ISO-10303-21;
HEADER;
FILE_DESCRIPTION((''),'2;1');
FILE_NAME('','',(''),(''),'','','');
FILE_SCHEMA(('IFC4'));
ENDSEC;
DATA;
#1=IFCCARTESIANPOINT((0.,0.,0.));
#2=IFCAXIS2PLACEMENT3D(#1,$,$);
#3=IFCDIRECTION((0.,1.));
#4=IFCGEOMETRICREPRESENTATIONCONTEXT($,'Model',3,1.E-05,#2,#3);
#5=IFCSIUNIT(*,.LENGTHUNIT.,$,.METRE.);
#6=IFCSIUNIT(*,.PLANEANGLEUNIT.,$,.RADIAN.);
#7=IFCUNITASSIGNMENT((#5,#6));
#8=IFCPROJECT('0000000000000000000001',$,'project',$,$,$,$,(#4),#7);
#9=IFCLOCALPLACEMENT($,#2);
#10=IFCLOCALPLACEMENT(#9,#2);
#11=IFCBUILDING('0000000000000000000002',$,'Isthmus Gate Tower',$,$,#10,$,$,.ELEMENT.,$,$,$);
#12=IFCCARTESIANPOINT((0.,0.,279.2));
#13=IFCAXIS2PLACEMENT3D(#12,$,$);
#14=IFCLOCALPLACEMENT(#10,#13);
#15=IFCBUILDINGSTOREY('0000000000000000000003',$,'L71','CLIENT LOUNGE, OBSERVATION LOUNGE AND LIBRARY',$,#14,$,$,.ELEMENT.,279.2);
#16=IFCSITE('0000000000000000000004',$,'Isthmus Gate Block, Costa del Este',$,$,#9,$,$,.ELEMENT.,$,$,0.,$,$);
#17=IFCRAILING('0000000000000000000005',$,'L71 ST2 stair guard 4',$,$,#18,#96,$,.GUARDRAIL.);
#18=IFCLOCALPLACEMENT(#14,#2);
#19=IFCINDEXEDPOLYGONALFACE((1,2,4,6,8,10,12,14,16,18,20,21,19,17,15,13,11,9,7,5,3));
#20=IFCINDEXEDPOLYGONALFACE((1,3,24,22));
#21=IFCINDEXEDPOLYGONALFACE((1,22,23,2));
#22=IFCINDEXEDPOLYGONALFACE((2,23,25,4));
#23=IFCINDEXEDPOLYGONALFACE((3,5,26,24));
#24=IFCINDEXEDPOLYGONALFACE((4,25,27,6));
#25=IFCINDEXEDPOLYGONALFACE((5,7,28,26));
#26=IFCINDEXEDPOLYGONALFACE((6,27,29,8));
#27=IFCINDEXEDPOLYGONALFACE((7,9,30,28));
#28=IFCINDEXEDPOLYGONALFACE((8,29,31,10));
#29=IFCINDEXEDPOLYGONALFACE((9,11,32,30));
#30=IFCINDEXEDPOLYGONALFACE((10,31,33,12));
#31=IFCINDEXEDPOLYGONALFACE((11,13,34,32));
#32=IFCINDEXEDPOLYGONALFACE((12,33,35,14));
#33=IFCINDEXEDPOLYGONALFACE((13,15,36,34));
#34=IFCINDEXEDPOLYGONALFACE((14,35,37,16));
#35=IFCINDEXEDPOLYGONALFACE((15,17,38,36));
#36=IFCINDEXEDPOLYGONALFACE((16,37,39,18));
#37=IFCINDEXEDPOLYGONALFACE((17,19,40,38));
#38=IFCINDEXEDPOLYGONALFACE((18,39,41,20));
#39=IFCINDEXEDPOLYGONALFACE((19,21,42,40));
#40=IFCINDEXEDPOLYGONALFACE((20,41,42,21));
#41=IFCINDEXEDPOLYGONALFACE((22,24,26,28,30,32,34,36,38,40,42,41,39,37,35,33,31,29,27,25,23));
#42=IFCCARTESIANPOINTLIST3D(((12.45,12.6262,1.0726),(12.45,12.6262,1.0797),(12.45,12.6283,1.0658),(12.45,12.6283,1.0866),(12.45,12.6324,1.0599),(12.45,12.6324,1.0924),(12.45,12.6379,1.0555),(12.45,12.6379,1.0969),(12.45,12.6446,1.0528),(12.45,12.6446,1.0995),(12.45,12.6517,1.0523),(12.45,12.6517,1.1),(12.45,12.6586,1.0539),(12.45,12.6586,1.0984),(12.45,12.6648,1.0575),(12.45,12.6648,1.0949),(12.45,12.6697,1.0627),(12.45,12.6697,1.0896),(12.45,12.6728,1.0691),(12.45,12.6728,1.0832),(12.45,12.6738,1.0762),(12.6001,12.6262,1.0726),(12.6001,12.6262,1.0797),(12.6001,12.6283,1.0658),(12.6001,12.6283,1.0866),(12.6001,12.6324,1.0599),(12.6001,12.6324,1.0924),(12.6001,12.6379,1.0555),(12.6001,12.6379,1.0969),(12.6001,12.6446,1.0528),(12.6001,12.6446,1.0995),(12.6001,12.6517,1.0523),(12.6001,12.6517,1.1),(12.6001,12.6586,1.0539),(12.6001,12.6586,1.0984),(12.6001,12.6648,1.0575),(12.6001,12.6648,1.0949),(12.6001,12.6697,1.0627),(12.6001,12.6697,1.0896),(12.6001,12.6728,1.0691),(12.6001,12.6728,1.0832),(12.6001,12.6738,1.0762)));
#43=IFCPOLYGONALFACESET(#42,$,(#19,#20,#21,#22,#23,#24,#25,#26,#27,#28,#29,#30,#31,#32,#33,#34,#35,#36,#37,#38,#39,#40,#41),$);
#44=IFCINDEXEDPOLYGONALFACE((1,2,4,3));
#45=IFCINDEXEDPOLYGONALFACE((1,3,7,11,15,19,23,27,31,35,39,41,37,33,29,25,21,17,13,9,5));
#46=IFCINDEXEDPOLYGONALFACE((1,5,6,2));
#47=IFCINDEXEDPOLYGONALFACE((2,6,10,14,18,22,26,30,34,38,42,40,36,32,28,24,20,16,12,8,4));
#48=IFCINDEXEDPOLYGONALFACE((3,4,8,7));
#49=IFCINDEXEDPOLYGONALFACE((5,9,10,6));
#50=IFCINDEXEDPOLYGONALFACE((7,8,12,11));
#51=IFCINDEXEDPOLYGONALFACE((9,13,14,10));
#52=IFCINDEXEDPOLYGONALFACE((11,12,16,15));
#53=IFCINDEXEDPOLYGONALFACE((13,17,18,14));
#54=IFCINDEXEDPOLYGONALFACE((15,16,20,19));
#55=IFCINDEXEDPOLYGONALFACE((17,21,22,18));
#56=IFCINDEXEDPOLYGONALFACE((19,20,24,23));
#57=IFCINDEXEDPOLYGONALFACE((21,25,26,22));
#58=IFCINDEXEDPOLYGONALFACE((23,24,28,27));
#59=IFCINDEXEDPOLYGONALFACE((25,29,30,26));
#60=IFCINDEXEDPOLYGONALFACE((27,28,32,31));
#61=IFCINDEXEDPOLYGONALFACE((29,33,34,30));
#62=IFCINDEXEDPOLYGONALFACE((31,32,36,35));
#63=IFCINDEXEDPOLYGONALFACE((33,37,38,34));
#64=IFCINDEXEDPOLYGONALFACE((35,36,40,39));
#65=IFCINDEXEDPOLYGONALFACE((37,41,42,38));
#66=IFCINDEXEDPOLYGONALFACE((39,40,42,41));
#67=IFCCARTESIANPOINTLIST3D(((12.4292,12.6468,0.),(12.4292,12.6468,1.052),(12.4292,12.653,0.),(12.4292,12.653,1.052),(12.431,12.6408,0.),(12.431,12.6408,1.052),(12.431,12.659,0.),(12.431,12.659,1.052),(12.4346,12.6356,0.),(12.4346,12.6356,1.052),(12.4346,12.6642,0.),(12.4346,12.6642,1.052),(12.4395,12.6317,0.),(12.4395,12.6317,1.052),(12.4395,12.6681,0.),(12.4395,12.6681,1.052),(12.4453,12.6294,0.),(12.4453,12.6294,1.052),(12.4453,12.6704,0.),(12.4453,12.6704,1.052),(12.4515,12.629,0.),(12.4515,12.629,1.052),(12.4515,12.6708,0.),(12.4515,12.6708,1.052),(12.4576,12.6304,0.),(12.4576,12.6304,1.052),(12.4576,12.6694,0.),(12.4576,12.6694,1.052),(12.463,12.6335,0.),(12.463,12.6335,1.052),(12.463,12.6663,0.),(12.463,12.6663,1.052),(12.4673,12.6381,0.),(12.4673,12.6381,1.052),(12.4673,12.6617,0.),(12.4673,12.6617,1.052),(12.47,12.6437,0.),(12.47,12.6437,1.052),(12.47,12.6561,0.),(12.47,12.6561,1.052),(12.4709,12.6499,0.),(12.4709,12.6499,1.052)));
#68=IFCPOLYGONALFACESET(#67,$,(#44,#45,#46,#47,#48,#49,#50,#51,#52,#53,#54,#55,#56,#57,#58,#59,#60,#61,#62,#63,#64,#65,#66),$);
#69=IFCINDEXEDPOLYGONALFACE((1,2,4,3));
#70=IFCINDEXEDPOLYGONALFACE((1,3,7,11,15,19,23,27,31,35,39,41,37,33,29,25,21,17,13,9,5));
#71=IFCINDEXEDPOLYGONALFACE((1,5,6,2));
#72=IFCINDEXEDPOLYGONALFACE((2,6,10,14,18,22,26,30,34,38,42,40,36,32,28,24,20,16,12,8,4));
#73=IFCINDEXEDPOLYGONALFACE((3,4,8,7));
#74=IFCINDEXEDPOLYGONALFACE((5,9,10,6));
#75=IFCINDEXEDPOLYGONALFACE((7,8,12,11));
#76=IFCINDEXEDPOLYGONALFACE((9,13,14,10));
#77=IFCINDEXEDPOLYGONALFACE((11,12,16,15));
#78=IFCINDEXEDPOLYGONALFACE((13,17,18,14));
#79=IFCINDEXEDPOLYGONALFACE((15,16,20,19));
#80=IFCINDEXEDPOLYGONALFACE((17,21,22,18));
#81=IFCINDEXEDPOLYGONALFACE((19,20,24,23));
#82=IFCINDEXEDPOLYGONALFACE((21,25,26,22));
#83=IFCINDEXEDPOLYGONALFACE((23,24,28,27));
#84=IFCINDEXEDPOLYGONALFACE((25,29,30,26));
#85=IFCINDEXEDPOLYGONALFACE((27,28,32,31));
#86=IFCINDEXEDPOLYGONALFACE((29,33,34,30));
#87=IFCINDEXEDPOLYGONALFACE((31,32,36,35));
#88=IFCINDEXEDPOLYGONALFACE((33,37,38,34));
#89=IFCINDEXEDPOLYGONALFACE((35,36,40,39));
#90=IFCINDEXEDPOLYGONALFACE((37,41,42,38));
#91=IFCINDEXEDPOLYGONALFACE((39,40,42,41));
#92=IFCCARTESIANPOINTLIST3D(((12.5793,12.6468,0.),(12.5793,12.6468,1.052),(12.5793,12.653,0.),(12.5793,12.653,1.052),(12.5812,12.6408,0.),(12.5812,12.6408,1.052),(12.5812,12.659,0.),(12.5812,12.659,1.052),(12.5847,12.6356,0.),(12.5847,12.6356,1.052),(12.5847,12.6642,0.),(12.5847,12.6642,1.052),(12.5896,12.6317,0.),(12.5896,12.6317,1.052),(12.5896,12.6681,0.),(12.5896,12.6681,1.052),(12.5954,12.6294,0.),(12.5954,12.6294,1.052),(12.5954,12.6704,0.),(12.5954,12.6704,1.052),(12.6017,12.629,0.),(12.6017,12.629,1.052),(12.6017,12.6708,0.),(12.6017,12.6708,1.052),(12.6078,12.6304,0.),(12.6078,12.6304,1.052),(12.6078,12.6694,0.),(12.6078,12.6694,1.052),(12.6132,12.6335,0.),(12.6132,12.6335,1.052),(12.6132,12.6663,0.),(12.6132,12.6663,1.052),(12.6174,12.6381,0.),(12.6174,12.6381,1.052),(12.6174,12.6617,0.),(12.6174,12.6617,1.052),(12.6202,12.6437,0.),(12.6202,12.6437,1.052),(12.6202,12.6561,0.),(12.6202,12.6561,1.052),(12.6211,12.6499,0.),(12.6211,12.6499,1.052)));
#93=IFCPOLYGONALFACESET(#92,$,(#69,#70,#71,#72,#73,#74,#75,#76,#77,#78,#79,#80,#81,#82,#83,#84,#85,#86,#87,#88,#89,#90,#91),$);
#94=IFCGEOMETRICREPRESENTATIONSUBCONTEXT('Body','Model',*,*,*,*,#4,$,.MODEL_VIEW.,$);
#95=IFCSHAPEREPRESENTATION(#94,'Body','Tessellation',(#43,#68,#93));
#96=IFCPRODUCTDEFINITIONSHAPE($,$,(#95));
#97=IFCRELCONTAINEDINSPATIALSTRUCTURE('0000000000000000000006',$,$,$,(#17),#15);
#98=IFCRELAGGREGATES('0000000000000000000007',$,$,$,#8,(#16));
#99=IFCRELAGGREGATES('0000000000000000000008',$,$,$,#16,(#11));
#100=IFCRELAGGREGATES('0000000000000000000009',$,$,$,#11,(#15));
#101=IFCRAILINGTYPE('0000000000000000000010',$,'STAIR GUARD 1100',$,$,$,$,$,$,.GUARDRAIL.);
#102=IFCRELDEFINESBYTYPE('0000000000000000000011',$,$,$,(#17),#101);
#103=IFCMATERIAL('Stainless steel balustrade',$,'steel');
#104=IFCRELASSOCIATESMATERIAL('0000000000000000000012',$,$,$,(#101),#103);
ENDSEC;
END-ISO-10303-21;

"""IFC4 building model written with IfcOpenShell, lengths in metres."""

from ifc_helpers import new_model, si_unit, direction, frame, origin, origin_2d, place, context, subcontext, project, spatial, circle, extrude, material, type_object, element, save


model = new_model("IFC4")

# Units and contexts
model_context = context("Model", 3, precision=1e-05, world=origin(), true_north=direction((0.0, 1.0)))
body_context = subcontext(model_context, "Body", "Model", "MODEL_VIEW")
ifc_project = project(units=[si_unit("LENGTHUNIT", "METRE"), si_unit("PLANEANGLEUNIT", "RADIAN")], contexts=[model_context])

# Site, building, storey
site_placement = place(None, origin())
site = spatial("IfcSite", under=ifc_project, at=site_placement, Name="Isthmus Gate Block, Costa del Este", CompositionType="ELEMENT", RefElevation=0.0)
building_placement = place(site_placement, origin())
building = spatial("IfcBuilding", under=site, at=building_placement, Name="Isthmus Gate Tower", CompositionType="ELEMENT")
storey_placement = place(building_placement, frame((0.0, 0.0, 279.2)))
storey = spatial("IfcBuildingStorey", under=building, at=storey_placement, Name="L71", Description="CLIENT LOUNGE, OBSERVATION LOUNGE AND LIBRARY", CompositionType="ELEMENT", Elevation=279.2)

# Railing
ifc_material_1 = material(Name="Stainless steel balustrade", Category="steel")
railing_type_1 = type_object("IfcRailingType", Name="STAIR GUARD 1100", PredefinedType="GUARDRAIL", material=ifc_material_1)
railing_1_placement = place(storey_placement, frame((12.45, 12.6499, 0.0)))
element("IfcRailing", 1, at=railing_1_placement, inside=storey, type_object=railing_type_1, Name="L71 ST2 stair guard 4", PredefinedType="GUARDRAIL", context=body_context, shape_type="SweptSolid", body=[
    extrude(circle(Radius=0.0239, at=origin_2d()), frame((0.0, 0.0, 1.0762), z_axis=(1.0, 0.0, 0.0), x_axis=(0.0, 1.0, 0.0)), (0.0, 0.0, 1.0), 0.1501),
    extrude(circle(Radius=0.021, at=origin_2d()), origin(), (0.0, 0.0, 1.0), 1.052),
    extrude(circle(Radius=0.021, at=origin_2d()), frame((0.1501, 0.0, 0.0)), (0.0, 0.0, 1.0), 1.052),
])

save(model, "model.ifc")
